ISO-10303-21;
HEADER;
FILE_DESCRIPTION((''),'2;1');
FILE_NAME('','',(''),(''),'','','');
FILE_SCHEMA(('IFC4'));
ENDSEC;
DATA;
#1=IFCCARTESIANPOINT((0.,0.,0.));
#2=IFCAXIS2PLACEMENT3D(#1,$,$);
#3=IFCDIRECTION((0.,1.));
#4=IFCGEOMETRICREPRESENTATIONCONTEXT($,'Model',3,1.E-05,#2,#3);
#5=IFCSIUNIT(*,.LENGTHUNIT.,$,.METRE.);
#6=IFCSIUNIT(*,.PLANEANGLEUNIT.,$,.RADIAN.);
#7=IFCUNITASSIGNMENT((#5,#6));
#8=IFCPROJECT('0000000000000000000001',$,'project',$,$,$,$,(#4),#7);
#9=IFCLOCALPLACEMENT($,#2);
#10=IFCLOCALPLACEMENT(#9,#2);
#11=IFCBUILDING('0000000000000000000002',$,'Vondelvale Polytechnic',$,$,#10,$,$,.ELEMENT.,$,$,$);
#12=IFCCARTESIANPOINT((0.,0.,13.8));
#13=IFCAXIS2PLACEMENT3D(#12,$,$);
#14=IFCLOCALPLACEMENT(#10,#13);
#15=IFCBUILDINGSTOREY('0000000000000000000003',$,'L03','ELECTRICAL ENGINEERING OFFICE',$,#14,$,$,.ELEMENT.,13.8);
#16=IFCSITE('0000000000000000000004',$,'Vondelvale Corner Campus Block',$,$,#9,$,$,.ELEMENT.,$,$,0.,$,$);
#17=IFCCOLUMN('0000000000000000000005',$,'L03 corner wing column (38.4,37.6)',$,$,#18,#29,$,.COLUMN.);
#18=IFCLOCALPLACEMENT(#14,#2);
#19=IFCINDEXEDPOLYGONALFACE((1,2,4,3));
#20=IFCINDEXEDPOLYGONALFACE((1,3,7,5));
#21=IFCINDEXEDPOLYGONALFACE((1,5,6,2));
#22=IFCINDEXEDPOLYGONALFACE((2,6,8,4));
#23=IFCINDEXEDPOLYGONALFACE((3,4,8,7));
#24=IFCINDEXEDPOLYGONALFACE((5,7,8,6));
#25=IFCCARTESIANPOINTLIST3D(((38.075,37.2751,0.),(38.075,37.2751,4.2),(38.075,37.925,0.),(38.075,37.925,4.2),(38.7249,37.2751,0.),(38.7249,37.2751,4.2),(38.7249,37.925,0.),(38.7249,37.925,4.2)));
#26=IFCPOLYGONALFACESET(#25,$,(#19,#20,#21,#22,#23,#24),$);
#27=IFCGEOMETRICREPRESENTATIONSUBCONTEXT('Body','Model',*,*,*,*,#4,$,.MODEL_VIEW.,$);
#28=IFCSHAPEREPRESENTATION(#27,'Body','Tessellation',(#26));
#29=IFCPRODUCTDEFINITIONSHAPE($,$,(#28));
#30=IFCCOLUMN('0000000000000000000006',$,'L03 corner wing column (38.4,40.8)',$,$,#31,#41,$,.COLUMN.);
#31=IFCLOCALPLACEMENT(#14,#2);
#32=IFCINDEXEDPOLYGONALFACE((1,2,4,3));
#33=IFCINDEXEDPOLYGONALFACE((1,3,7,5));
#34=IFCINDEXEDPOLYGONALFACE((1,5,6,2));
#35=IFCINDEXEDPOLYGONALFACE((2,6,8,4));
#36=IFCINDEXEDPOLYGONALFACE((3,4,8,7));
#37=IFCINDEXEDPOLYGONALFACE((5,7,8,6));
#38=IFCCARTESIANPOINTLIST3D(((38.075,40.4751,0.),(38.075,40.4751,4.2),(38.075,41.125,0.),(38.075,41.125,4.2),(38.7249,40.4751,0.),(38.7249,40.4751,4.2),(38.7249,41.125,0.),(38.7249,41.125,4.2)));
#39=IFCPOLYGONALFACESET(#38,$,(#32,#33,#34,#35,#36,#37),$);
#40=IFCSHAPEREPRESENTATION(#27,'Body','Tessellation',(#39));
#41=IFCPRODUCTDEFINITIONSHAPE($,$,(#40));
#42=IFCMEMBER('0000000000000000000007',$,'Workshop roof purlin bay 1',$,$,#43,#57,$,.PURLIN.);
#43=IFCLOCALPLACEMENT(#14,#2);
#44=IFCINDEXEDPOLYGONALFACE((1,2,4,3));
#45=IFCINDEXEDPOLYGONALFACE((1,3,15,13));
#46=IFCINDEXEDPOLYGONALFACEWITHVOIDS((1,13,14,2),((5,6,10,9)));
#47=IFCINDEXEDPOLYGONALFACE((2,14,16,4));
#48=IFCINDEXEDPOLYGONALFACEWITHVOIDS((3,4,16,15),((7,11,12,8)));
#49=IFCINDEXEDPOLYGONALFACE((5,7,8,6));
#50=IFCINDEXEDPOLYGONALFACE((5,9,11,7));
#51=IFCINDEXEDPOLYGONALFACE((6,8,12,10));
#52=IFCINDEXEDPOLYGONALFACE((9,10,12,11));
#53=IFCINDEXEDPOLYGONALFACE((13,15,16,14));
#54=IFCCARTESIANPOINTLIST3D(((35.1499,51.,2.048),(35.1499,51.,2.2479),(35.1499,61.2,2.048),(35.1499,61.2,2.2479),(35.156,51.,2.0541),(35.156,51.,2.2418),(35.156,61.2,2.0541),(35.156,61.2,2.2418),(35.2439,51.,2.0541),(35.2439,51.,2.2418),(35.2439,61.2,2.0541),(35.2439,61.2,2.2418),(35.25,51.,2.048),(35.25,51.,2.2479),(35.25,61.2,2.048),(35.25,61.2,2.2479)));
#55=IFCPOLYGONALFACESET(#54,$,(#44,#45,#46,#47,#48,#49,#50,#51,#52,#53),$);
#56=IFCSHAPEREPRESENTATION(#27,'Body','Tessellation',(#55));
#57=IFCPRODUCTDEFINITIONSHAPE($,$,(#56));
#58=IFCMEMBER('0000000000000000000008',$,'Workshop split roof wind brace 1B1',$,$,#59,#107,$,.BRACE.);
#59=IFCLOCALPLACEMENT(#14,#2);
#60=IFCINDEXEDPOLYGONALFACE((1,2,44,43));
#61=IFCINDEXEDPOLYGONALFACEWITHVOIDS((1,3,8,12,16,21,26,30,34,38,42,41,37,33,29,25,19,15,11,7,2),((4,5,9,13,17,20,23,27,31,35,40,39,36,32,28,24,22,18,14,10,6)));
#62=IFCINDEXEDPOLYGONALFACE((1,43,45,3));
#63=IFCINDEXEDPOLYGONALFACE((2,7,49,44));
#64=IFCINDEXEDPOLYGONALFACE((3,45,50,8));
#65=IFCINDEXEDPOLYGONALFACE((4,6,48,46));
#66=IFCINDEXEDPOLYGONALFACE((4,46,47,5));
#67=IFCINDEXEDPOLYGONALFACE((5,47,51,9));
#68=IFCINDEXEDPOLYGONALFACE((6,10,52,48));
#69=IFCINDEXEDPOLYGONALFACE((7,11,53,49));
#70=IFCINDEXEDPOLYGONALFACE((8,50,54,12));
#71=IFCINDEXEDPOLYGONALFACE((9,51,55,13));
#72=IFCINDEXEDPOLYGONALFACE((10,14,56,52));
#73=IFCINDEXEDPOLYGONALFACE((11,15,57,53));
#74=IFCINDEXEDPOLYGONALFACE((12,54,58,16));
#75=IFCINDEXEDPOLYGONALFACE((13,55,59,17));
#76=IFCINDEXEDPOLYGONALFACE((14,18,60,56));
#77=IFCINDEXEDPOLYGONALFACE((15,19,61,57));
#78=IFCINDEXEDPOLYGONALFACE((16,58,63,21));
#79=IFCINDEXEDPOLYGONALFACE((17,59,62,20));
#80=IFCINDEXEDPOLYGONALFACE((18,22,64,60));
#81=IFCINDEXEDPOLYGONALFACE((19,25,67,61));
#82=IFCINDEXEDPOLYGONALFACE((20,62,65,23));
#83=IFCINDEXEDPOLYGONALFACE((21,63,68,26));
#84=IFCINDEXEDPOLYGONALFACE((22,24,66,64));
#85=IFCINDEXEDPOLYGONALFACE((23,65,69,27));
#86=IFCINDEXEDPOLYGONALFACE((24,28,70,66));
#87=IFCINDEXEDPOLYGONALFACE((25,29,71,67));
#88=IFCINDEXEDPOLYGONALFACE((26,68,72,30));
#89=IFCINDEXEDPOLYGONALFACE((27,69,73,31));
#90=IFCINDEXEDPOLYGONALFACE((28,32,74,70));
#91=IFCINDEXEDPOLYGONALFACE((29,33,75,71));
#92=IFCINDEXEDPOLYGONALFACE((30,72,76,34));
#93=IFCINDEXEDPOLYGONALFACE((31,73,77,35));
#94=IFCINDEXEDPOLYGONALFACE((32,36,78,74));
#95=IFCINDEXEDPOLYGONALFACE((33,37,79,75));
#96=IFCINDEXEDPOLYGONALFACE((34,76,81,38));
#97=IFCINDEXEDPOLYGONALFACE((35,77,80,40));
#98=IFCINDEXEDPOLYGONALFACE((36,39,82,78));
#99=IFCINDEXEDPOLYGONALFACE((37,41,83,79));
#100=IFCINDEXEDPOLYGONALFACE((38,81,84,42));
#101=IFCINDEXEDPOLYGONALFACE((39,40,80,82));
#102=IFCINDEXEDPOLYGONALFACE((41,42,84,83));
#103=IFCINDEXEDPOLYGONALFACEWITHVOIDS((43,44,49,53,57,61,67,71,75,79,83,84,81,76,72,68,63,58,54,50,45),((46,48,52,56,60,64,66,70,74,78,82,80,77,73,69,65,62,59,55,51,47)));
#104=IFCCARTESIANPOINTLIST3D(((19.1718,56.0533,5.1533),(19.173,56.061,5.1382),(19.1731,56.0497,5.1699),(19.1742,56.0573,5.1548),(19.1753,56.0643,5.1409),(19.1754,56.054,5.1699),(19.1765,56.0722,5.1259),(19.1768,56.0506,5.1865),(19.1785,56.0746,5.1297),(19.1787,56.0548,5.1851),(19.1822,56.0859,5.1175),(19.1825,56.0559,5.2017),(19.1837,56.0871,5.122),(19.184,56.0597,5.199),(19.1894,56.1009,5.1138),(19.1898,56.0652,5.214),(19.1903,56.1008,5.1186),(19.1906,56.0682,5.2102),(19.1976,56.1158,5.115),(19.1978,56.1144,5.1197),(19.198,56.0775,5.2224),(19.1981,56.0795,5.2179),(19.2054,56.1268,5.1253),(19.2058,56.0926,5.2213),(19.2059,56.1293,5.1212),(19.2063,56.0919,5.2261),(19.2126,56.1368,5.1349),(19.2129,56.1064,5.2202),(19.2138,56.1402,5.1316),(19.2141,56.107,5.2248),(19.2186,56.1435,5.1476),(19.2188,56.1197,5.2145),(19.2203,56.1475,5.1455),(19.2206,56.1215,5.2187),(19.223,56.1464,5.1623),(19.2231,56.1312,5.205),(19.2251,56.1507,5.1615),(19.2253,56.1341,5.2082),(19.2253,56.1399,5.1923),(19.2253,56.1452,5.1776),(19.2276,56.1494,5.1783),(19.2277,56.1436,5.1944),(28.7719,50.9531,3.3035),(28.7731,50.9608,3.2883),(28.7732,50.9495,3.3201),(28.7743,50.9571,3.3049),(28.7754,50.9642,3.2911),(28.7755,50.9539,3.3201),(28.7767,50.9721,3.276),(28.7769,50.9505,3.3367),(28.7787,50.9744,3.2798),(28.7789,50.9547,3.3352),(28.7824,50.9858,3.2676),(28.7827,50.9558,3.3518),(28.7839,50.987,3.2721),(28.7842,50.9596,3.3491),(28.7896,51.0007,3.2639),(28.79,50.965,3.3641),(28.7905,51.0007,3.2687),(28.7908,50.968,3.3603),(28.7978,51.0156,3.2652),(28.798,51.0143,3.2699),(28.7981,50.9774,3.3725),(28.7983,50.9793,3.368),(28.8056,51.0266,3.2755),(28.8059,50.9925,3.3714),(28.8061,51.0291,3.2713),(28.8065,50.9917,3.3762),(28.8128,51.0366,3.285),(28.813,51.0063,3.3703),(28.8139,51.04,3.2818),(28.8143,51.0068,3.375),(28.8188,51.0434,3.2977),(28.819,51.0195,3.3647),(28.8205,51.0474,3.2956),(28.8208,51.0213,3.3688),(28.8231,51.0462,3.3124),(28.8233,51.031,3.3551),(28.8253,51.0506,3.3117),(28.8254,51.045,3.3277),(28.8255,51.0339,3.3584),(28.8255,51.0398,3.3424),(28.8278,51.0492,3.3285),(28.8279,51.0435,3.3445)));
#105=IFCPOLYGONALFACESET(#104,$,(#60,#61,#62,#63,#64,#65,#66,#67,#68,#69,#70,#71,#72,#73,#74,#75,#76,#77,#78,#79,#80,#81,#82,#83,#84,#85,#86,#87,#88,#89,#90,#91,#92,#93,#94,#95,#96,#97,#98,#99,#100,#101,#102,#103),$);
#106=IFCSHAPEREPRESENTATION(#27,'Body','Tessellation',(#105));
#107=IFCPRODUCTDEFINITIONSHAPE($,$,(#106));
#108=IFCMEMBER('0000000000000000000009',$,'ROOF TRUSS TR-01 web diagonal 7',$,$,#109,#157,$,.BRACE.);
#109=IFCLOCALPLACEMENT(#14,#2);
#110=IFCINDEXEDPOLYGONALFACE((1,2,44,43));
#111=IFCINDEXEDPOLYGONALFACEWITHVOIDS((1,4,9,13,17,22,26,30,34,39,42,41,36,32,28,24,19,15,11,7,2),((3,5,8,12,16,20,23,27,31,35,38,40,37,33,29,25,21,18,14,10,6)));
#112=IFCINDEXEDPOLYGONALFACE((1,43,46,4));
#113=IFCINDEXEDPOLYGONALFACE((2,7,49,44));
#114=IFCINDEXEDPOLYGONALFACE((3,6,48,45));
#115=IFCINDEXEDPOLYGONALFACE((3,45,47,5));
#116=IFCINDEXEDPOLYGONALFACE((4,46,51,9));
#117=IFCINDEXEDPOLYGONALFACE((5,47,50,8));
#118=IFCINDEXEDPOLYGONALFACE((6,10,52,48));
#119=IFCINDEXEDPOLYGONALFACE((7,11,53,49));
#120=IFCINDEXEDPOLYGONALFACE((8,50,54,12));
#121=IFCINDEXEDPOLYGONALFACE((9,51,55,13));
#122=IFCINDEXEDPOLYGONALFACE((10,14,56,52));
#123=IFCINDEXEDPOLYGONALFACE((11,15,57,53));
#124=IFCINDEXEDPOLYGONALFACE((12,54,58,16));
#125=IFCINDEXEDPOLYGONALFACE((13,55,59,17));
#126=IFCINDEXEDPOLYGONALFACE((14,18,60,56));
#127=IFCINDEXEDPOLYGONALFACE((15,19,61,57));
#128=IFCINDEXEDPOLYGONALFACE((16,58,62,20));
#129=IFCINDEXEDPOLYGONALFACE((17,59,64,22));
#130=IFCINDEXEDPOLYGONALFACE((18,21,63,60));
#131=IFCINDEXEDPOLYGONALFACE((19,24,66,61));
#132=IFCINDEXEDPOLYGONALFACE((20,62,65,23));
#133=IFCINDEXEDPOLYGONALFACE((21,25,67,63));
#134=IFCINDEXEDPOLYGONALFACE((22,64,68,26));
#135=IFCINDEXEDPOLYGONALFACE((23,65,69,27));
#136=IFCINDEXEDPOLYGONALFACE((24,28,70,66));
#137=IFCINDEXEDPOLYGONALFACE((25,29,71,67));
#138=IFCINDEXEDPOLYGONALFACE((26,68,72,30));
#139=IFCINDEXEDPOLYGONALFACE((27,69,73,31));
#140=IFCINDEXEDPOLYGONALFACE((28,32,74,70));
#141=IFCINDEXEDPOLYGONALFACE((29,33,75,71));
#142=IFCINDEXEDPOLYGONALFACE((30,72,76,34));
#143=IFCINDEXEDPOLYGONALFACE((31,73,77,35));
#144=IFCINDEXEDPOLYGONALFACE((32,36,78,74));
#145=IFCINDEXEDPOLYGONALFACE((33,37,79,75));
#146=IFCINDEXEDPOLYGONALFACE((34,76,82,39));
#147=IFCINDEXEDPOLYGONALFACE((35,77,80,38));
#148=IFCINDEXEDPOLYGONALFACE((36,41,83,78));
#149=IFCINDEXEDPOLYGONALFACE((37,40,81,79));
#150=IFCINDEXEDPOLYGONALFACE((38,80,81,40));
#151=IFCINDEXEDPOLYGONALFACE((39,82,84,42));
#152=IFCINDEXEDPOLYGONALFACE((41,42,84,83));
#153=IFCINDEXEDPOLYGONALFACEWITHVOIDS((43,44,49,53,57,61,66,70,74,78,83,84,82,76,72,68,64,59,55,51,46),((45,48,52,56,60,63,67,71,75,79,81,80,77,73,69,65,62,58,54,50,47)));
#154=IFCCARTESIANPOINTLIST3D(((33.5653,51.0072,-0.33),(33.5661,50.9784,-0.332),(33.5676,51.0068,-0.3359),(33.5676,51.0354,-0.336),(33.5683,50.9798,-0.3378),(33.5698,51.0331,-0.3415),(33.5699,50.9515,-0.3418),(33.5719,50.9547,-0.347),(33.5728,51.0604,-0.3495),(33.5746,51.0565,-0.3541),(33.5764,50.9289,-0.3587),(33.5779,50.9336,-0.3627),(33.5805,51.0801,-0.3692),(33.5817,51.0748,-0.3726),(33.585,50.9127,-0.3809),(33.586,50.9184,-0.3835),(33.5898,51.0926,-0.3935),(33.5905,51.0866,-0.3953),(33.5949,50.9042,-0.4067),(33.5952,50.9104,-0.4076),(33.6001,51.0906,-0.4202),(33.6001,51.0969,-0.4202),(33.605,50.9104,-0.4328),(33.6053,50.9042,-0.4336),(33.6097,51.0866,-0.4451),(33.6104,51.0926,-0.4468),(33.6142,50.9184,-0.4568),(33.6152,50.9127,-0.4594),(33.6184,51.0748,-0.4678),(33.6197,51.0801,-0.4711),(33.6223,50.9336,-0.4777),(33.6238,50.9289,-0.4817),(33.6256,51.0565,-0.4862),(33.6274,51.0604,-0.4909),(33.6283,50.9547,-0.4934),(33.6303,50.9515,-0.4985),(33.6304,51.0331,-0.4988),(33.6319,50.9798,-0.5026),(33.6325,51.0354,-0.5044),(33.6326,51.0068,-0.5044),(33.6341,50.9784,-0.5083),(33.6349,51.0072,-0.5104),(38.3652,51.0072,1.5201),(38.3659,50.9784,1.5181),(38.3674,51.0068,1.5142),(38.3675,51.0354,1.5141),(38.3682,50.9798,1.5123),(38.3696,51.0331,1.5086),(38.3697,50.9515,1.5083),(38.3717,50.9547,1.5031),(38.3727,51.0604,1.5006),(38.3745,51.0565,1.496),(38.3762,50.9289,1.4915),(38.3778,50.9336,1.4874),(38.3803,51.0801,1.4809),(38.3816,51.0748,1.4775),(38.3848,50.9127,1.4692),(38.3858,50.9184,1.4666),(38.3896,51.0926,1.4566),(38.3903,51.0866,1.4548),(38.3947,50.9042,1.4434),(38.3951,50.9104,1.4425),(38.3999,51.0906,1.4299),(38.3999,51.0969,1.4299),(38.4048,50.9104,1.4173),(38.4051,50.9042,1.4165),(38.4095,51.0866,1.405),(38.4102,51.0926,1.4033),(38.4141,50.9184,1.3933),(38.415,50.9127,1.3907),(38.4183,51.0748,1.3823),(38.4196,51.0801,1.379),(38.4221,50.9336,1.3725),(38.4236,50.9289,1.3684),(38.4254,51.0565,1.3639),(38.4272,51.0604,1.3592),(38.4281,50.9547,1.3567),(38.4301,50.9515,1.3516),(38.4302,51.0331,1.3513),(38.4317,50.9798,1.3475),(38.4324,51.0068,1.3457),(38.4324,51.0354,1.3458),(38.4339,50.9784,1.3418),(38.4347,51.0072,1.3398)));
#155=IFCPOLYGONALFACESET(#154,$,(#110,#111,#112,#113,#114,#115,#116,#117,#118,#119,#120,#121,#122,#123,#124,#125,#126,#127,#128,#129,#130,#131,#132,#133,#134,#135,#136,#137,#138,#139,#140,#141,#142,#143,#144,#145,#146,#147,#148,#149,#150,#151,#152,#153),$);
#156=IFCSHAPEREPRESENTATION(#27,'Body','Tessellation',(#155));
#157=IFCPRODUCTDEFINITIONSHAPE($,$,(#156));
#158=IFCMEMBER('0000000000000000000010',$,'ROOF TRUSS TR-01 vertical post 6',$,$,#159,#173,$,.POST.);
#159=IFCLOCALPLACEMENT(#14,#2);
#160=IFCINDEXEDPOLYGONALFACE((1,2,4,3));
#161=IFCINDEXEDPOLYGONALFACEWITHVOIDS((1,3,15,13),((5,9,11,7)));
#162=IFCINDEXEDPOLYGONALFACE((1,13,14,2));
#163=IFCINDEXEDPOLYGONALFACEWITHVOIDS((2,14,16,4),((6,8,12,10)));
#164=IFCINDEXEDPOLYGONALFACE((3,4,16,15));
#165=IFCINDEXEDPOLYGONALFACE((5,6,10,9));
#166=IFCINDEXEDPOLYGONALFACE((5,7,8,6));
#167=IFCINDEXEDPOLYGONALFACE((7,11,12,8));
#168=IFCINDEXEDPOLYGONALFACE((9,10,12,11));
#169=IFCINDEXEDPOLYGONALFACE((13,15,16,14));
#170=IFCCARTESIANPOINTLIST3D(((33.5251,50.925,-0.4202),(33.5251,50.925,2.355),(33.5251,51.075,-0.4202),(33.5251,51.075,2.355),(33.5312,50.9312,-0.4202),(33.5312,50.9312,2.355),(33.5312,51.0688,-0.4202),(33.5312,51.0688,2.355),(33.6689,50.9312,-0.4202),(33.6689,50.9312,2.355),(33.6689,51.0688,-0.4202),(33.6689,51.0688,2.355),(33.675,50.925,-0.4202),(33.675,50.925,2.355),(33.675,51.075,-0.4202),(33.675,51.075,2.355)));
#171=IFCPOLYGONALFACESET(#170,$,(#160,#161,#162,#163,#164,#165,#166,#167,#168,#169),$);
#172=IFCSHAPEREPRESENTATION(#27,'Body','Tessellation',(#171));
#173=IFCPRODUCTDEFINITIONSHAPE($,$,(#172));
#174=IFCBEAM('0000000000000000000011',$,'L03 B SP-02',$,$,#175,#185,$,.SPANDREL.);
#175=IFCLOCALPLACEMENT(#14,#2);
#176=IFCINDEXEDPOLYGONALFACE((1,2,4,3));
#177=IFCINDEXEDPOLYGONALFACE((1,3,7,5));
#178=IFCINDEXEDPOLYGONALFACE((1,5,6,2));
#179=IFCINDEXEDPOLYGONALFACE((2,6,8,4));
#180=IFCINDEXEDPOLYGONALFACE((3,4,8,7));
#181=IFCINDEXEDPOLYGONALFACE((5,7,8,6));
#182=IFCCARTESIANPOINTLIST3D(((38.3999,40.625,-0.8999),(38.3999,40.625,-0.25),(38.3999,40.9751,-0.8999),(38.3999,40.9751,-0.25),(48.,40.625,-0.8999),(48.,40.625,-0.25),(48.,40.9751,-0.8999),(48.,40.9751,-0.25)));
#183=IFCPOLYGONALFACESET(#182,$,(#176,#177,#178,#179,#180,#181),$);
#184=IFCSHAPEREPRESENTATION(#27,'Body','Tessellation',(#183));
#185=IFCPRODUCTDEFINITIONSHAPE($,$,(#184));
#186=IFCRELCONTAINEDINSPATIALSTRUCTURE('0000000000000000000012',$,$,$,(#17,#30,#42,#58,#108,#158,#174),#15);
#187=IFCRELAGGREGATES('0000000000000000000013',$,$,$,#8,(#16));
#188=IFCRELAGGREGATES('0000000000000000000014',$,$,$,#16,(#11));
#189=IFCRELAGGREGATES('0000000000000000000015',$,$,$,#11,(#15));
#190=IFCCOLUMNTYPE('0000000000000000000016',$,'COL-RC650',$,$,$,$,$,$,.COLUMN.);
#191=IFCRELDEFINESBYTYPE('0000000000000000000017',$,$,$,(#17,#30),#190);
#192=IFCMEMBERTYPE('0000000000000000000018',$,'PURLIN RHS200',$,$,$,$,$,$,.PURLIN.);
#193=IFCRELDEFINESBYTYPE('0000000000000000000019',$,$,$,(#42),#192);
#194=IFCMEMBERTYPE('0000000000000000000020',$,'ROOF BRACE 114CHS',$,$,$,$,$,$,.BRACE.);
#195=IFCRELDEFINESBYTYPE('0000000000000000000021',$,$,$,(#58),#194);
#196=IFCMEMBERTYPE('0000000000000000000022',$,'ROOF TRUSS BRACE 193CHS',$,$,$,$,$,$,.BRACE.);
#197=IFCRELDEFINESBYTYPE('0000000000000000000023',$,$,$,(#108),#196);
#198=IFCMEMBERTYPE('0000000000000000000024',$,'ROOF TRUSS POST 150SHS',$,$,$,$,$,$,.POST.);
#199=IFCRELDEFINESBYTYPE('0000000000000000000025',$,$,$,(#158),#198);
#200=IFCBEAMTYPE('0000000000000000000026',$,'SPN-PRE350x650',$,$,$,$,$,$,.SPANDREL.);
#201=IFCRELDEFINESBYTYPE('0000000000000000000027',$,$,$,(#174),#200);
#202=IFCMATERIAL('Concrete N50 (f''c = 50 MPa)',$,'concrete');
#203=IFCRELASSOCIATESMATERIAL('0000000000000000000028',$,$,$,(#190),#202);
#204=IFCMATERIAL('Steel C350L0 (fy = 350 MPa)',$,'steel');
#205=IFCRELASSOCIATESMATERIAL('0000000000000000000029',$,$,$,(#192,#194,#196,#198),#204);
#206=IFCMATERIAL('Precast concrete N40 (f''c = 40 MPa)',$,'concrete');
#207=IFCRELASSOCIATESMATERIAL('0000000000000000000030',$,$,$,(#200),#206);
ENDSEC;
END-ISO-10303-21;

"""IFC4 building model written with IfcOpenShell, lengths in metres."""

from ifc_helpers import new_model, si_unit, direction, frame, origin, origin_2d, place, context, subcontext, project, spatial, rectangle, hollow_rectangle, hollow_circle, extrude, material, material_profile, profile_set, type_object, element, save


model = new_model("IFC4")

# Units and contexts
model_context = context("Model", 3, precision=1e-05, world=origin(), true_north=direction((0.0, 1.0)))
body_context = subcontext(model_context, "Body", "Model", "MODEL_VIEW")
ifc_project = project(units=[si_unit("LENGTHUNIT", "METRE"), si_unit("PLANEANGLEUNIT", "RADIAN")], contexts=[model_context])

# Site, building, storey
site_placement = place(None, origin())
site = spatial("IfcSite", under=ifc_project, at=site_placement, Name="Vondelvale Corner Campus Block", CompositionType="ELEMENT", RefElevation=0.0)
building_placement = place(site_placement, origin())
building = spatial("IfcBuilding", under=site, at=building_placement, Name="Vondelvale Polytechnic", CompositionType="ELEMENT")
storey_placement = place(building_placement, frame((0.0, 0.0, 13.8)))
storey = spatial("IfcBuildingStorey", under=building, at=storey_placement, Name="L03", Description="ELECTRICAL ENGINEERING OFFICE", CompositionType="ELEMENT", Elevation=13.8)

# Columns
ifc_material_1 = material(Name="Concrete N50 (f'c = 50 MPa)", Category="concrete")
ifc_material_profile_1 = material_profile(ifc_material_1, rectangle(XDim=0.6499, YDim=0.6499, at=origin_2d()), Name="RC-COL-650x650")
ifc_profile_set_1 = profile_set([ifc_material_profile_1], Name="Concrete N50 (f'c = 50 MPa)")
column_type = type_object("IfcColumnType", Name="COL-RC650", PredefinedType="COLUMN", material=ifc_profile_set_1)
for number, where, z_axis, x_axis, name in (
    (1, (38.3999, 37.6001, 0.0), (0.0, 0.0, 1.0), (1.0, 0.0, 0.0), "L03 corner wing column (38.4,37.6)"),
    (2, (38.3999, 40.8, 0.0), (0.0, 0.0, 1.0), (1.0, 0.0, 0.0), "L03 corner wing column (38.4,40.8)"),
):
    element("IfcColumn", number, at=place(storey_placement, frame(where, z_axis=z_axis, x_axis=x_axis)), inside=storey, type_object=column_type, Name=name, PredefinedType="COLUMN", context=body_context, shape_type="SweptSolid", body=[
        extrude(rectangle(XDim=0.6499, YDim=0.6499, at=origin_2d()), origin(), (0.0, 0.0, 1.0), 4.2),
    ])

# Members
ifc_material_2 = material(Name="Steel C350L0 (fy = 350 MPa)", Category="steel")
ifc_material_profile_2 = material_profile(ifc_material_2, hollow_rectangle(XDim=0.1001, YDim=0.2, WallThickness=0.0061, at=origin_2d()), Name="200x100x6.0RHS")
ifc_profile_set_2 = profile_set([ifc_material_profile_2], Name="Steel C350L0 (fy = 350 MPa)")
member_type_1 = type_object("IfcMemberType", Name="PURLIN RHS200", PredefinedType="PURLIN", material=ifc_profile_set_2)
member_1_placement = place(storey_placement, frame((35.2, 51.0, 2.1479), z_axis=(0.0, 1.0, 0.0), x_axis=(-1.0, 0.0, 0.0)))
element("IfcMember", 3, at=member_1_placement, inside=storey, type_object=member_type_1, Name="Workshop roof purlin bay 1", PredefinedType="PURLIN", context=body_context, shape_type="SweptSolid", body=[
    extrude(hollow_rectangle(XDim=0.1001, YDim=0.2, WallThickness=0.0061, at=origin_2d()), origin(), (0.0, 0.0, 1.0), 10.2),
])
ifc_material_profile_3 = material_profile(ifc_material_2, hollow_circle(Radius=0.0571, WallThickness=0.0049, at=origin_2d()), Name="114.3x4.8CHS")
ifc_profile_set_3 = profile_set([ifc_material_profile_3], Name="Steel C350L0 (fy = 350 MPa)")
member_type_2 = type_object("IfcMemberType", Name="ROOF BRACE 114CHS", PredefinedType="BRACE", material=ifc_profile_set_3)
member_2_placement = place(storey_placement, frame((28.8, 51.0, 3.3201), z_axis=(-0.870599, 0.46251, 0.167757), x_axis=(-0.469159, -0.883114, 0.0)))
element("IfcMember", 4, at=member_2_placement, inside=storey, type_object=member_type_2, Name="Workshop split roof wind brace 1B1", PredefinedType="BRACE", context=body_context, shape_type="SweptSolid", body=[
    extrude(hollow_circle(Radius=0.0571, WallThickness=0.0049, at=origin_2d()), origin(), (0.0, 0.0, 1.0), 11.0271),
])
ifc_material_profile_4 = material_profile(ifc_material_2, hollow_circle(Radius=0.0969, WallThickness=0.0063, at=origin_2d()), Name="193.7x6.4CHS")
ifc_profile_set_4 = profile_set([ifc_material_profile_4], Name="Steel C350L0 (fy = 350 MPa)")
member_type_3 = type_object("IfcMemberType", Name="ROOF TRUSS BRACE 193CHS", PredefinedType="BRACE", material=ifc_profile_set_4)
member_3_placement = place(storey_placement, frame((33.6001, 51.0, -0.4202), z_axis=(0.933084, 0.0, 0.35966), x_axis=(0.0, 1.0, 0.0)))
element("IfcMember", 5, at=member_3_placement, inside=storey, type_object=member_type_3, Name="ROOF TRUSS TR-01 web diagonal 7", PredefinedType="BRACE", context=body_context, shape_type="SweptSolid", body=[
    extrude(hollow_circle(Radius=0.0969, WallThickness=0.0063, at=origin_2d()), origin(), (0.0, 0.0, 1.0), 5.144),
])
ifc_material_profile_5 = material_profile(ifc_material_2, hollow_rectangle(XDim=0.1499, YDim=0.1499, WallThickness=0.0061, at=origin_2d()), Name="150x150x6.0SHS")
ifc_profile_set_5 = profile_set([ifc_material_profile_5], Name="Steel C350L0 (fy = 350 MPa)")
member_type_4 = type_object("IfcMemberType", Name="ROOF TRUSS POST 150SHS", PredefinedType="POST", material=ifc_profile_set_5)
member_4_placement = place(storey_placement, frame((33.6001, 51.0, -0.4202), z_axis=(0.0, 0.0, 1.0), x_axis=(1.0, 0.0, 0.0)))
element("IfcMember", 6, at=member_4_placement, inside=storey, type_object=member_type_4, Name="ROOF TRUSS TR-01 vertical post 6", PredefinedType="POST", context=body_context, shape_type="SweptSolid", body=[
    extrude(hollow_rectangle(XDim=0.1499, YDim=0.1499, WallThickness=0.0061, at=origin_2d()), origin(), (0.0, 0.0, 1.0), 2.7751),
])

# Beam
ifc_material_3 = material(Name="Precast concrete N40 (f'c = 40 MPa)", Category="concrete")
ifc_material_profile_6 = material_profile(ifc_material_3, rectangle(XDim=0.3501, YDim=0.6499, at=origin_2d()), Name="RC-SPN-350x650")
ifc_profile_set_6 = profile_set([ifc_material_profile_6], Name="Precast concrete N40 (f'c = 40 MPa)")
beam_type = type_object("IfcBeamType", Name="SPN-PRE350x650", PredefinedType="SPANDREL", material=ifc_profile_set_6)
beam_placement = place(storey_placement, frame((38.3999, 40.8, -0.575), z_axis=(1.0, 0.0, 0.0), x_axis=(0.0, 1.0, 0.0)))
element("IfcBeam", 7, at=beam_placement, inside=storey, type_object=beam_type, Name="L03 B SP-02", PredefinedType="SPANDREL", context=body_context, shape_type="SweptSolid", body=[
    extrude(rectangle(XDim=0.3501, YDim=0.6499, at=origin_2d()), origin(), (0.0, 0.0, 1.0), 9.6001),
])

save(model, "model.ifc")
